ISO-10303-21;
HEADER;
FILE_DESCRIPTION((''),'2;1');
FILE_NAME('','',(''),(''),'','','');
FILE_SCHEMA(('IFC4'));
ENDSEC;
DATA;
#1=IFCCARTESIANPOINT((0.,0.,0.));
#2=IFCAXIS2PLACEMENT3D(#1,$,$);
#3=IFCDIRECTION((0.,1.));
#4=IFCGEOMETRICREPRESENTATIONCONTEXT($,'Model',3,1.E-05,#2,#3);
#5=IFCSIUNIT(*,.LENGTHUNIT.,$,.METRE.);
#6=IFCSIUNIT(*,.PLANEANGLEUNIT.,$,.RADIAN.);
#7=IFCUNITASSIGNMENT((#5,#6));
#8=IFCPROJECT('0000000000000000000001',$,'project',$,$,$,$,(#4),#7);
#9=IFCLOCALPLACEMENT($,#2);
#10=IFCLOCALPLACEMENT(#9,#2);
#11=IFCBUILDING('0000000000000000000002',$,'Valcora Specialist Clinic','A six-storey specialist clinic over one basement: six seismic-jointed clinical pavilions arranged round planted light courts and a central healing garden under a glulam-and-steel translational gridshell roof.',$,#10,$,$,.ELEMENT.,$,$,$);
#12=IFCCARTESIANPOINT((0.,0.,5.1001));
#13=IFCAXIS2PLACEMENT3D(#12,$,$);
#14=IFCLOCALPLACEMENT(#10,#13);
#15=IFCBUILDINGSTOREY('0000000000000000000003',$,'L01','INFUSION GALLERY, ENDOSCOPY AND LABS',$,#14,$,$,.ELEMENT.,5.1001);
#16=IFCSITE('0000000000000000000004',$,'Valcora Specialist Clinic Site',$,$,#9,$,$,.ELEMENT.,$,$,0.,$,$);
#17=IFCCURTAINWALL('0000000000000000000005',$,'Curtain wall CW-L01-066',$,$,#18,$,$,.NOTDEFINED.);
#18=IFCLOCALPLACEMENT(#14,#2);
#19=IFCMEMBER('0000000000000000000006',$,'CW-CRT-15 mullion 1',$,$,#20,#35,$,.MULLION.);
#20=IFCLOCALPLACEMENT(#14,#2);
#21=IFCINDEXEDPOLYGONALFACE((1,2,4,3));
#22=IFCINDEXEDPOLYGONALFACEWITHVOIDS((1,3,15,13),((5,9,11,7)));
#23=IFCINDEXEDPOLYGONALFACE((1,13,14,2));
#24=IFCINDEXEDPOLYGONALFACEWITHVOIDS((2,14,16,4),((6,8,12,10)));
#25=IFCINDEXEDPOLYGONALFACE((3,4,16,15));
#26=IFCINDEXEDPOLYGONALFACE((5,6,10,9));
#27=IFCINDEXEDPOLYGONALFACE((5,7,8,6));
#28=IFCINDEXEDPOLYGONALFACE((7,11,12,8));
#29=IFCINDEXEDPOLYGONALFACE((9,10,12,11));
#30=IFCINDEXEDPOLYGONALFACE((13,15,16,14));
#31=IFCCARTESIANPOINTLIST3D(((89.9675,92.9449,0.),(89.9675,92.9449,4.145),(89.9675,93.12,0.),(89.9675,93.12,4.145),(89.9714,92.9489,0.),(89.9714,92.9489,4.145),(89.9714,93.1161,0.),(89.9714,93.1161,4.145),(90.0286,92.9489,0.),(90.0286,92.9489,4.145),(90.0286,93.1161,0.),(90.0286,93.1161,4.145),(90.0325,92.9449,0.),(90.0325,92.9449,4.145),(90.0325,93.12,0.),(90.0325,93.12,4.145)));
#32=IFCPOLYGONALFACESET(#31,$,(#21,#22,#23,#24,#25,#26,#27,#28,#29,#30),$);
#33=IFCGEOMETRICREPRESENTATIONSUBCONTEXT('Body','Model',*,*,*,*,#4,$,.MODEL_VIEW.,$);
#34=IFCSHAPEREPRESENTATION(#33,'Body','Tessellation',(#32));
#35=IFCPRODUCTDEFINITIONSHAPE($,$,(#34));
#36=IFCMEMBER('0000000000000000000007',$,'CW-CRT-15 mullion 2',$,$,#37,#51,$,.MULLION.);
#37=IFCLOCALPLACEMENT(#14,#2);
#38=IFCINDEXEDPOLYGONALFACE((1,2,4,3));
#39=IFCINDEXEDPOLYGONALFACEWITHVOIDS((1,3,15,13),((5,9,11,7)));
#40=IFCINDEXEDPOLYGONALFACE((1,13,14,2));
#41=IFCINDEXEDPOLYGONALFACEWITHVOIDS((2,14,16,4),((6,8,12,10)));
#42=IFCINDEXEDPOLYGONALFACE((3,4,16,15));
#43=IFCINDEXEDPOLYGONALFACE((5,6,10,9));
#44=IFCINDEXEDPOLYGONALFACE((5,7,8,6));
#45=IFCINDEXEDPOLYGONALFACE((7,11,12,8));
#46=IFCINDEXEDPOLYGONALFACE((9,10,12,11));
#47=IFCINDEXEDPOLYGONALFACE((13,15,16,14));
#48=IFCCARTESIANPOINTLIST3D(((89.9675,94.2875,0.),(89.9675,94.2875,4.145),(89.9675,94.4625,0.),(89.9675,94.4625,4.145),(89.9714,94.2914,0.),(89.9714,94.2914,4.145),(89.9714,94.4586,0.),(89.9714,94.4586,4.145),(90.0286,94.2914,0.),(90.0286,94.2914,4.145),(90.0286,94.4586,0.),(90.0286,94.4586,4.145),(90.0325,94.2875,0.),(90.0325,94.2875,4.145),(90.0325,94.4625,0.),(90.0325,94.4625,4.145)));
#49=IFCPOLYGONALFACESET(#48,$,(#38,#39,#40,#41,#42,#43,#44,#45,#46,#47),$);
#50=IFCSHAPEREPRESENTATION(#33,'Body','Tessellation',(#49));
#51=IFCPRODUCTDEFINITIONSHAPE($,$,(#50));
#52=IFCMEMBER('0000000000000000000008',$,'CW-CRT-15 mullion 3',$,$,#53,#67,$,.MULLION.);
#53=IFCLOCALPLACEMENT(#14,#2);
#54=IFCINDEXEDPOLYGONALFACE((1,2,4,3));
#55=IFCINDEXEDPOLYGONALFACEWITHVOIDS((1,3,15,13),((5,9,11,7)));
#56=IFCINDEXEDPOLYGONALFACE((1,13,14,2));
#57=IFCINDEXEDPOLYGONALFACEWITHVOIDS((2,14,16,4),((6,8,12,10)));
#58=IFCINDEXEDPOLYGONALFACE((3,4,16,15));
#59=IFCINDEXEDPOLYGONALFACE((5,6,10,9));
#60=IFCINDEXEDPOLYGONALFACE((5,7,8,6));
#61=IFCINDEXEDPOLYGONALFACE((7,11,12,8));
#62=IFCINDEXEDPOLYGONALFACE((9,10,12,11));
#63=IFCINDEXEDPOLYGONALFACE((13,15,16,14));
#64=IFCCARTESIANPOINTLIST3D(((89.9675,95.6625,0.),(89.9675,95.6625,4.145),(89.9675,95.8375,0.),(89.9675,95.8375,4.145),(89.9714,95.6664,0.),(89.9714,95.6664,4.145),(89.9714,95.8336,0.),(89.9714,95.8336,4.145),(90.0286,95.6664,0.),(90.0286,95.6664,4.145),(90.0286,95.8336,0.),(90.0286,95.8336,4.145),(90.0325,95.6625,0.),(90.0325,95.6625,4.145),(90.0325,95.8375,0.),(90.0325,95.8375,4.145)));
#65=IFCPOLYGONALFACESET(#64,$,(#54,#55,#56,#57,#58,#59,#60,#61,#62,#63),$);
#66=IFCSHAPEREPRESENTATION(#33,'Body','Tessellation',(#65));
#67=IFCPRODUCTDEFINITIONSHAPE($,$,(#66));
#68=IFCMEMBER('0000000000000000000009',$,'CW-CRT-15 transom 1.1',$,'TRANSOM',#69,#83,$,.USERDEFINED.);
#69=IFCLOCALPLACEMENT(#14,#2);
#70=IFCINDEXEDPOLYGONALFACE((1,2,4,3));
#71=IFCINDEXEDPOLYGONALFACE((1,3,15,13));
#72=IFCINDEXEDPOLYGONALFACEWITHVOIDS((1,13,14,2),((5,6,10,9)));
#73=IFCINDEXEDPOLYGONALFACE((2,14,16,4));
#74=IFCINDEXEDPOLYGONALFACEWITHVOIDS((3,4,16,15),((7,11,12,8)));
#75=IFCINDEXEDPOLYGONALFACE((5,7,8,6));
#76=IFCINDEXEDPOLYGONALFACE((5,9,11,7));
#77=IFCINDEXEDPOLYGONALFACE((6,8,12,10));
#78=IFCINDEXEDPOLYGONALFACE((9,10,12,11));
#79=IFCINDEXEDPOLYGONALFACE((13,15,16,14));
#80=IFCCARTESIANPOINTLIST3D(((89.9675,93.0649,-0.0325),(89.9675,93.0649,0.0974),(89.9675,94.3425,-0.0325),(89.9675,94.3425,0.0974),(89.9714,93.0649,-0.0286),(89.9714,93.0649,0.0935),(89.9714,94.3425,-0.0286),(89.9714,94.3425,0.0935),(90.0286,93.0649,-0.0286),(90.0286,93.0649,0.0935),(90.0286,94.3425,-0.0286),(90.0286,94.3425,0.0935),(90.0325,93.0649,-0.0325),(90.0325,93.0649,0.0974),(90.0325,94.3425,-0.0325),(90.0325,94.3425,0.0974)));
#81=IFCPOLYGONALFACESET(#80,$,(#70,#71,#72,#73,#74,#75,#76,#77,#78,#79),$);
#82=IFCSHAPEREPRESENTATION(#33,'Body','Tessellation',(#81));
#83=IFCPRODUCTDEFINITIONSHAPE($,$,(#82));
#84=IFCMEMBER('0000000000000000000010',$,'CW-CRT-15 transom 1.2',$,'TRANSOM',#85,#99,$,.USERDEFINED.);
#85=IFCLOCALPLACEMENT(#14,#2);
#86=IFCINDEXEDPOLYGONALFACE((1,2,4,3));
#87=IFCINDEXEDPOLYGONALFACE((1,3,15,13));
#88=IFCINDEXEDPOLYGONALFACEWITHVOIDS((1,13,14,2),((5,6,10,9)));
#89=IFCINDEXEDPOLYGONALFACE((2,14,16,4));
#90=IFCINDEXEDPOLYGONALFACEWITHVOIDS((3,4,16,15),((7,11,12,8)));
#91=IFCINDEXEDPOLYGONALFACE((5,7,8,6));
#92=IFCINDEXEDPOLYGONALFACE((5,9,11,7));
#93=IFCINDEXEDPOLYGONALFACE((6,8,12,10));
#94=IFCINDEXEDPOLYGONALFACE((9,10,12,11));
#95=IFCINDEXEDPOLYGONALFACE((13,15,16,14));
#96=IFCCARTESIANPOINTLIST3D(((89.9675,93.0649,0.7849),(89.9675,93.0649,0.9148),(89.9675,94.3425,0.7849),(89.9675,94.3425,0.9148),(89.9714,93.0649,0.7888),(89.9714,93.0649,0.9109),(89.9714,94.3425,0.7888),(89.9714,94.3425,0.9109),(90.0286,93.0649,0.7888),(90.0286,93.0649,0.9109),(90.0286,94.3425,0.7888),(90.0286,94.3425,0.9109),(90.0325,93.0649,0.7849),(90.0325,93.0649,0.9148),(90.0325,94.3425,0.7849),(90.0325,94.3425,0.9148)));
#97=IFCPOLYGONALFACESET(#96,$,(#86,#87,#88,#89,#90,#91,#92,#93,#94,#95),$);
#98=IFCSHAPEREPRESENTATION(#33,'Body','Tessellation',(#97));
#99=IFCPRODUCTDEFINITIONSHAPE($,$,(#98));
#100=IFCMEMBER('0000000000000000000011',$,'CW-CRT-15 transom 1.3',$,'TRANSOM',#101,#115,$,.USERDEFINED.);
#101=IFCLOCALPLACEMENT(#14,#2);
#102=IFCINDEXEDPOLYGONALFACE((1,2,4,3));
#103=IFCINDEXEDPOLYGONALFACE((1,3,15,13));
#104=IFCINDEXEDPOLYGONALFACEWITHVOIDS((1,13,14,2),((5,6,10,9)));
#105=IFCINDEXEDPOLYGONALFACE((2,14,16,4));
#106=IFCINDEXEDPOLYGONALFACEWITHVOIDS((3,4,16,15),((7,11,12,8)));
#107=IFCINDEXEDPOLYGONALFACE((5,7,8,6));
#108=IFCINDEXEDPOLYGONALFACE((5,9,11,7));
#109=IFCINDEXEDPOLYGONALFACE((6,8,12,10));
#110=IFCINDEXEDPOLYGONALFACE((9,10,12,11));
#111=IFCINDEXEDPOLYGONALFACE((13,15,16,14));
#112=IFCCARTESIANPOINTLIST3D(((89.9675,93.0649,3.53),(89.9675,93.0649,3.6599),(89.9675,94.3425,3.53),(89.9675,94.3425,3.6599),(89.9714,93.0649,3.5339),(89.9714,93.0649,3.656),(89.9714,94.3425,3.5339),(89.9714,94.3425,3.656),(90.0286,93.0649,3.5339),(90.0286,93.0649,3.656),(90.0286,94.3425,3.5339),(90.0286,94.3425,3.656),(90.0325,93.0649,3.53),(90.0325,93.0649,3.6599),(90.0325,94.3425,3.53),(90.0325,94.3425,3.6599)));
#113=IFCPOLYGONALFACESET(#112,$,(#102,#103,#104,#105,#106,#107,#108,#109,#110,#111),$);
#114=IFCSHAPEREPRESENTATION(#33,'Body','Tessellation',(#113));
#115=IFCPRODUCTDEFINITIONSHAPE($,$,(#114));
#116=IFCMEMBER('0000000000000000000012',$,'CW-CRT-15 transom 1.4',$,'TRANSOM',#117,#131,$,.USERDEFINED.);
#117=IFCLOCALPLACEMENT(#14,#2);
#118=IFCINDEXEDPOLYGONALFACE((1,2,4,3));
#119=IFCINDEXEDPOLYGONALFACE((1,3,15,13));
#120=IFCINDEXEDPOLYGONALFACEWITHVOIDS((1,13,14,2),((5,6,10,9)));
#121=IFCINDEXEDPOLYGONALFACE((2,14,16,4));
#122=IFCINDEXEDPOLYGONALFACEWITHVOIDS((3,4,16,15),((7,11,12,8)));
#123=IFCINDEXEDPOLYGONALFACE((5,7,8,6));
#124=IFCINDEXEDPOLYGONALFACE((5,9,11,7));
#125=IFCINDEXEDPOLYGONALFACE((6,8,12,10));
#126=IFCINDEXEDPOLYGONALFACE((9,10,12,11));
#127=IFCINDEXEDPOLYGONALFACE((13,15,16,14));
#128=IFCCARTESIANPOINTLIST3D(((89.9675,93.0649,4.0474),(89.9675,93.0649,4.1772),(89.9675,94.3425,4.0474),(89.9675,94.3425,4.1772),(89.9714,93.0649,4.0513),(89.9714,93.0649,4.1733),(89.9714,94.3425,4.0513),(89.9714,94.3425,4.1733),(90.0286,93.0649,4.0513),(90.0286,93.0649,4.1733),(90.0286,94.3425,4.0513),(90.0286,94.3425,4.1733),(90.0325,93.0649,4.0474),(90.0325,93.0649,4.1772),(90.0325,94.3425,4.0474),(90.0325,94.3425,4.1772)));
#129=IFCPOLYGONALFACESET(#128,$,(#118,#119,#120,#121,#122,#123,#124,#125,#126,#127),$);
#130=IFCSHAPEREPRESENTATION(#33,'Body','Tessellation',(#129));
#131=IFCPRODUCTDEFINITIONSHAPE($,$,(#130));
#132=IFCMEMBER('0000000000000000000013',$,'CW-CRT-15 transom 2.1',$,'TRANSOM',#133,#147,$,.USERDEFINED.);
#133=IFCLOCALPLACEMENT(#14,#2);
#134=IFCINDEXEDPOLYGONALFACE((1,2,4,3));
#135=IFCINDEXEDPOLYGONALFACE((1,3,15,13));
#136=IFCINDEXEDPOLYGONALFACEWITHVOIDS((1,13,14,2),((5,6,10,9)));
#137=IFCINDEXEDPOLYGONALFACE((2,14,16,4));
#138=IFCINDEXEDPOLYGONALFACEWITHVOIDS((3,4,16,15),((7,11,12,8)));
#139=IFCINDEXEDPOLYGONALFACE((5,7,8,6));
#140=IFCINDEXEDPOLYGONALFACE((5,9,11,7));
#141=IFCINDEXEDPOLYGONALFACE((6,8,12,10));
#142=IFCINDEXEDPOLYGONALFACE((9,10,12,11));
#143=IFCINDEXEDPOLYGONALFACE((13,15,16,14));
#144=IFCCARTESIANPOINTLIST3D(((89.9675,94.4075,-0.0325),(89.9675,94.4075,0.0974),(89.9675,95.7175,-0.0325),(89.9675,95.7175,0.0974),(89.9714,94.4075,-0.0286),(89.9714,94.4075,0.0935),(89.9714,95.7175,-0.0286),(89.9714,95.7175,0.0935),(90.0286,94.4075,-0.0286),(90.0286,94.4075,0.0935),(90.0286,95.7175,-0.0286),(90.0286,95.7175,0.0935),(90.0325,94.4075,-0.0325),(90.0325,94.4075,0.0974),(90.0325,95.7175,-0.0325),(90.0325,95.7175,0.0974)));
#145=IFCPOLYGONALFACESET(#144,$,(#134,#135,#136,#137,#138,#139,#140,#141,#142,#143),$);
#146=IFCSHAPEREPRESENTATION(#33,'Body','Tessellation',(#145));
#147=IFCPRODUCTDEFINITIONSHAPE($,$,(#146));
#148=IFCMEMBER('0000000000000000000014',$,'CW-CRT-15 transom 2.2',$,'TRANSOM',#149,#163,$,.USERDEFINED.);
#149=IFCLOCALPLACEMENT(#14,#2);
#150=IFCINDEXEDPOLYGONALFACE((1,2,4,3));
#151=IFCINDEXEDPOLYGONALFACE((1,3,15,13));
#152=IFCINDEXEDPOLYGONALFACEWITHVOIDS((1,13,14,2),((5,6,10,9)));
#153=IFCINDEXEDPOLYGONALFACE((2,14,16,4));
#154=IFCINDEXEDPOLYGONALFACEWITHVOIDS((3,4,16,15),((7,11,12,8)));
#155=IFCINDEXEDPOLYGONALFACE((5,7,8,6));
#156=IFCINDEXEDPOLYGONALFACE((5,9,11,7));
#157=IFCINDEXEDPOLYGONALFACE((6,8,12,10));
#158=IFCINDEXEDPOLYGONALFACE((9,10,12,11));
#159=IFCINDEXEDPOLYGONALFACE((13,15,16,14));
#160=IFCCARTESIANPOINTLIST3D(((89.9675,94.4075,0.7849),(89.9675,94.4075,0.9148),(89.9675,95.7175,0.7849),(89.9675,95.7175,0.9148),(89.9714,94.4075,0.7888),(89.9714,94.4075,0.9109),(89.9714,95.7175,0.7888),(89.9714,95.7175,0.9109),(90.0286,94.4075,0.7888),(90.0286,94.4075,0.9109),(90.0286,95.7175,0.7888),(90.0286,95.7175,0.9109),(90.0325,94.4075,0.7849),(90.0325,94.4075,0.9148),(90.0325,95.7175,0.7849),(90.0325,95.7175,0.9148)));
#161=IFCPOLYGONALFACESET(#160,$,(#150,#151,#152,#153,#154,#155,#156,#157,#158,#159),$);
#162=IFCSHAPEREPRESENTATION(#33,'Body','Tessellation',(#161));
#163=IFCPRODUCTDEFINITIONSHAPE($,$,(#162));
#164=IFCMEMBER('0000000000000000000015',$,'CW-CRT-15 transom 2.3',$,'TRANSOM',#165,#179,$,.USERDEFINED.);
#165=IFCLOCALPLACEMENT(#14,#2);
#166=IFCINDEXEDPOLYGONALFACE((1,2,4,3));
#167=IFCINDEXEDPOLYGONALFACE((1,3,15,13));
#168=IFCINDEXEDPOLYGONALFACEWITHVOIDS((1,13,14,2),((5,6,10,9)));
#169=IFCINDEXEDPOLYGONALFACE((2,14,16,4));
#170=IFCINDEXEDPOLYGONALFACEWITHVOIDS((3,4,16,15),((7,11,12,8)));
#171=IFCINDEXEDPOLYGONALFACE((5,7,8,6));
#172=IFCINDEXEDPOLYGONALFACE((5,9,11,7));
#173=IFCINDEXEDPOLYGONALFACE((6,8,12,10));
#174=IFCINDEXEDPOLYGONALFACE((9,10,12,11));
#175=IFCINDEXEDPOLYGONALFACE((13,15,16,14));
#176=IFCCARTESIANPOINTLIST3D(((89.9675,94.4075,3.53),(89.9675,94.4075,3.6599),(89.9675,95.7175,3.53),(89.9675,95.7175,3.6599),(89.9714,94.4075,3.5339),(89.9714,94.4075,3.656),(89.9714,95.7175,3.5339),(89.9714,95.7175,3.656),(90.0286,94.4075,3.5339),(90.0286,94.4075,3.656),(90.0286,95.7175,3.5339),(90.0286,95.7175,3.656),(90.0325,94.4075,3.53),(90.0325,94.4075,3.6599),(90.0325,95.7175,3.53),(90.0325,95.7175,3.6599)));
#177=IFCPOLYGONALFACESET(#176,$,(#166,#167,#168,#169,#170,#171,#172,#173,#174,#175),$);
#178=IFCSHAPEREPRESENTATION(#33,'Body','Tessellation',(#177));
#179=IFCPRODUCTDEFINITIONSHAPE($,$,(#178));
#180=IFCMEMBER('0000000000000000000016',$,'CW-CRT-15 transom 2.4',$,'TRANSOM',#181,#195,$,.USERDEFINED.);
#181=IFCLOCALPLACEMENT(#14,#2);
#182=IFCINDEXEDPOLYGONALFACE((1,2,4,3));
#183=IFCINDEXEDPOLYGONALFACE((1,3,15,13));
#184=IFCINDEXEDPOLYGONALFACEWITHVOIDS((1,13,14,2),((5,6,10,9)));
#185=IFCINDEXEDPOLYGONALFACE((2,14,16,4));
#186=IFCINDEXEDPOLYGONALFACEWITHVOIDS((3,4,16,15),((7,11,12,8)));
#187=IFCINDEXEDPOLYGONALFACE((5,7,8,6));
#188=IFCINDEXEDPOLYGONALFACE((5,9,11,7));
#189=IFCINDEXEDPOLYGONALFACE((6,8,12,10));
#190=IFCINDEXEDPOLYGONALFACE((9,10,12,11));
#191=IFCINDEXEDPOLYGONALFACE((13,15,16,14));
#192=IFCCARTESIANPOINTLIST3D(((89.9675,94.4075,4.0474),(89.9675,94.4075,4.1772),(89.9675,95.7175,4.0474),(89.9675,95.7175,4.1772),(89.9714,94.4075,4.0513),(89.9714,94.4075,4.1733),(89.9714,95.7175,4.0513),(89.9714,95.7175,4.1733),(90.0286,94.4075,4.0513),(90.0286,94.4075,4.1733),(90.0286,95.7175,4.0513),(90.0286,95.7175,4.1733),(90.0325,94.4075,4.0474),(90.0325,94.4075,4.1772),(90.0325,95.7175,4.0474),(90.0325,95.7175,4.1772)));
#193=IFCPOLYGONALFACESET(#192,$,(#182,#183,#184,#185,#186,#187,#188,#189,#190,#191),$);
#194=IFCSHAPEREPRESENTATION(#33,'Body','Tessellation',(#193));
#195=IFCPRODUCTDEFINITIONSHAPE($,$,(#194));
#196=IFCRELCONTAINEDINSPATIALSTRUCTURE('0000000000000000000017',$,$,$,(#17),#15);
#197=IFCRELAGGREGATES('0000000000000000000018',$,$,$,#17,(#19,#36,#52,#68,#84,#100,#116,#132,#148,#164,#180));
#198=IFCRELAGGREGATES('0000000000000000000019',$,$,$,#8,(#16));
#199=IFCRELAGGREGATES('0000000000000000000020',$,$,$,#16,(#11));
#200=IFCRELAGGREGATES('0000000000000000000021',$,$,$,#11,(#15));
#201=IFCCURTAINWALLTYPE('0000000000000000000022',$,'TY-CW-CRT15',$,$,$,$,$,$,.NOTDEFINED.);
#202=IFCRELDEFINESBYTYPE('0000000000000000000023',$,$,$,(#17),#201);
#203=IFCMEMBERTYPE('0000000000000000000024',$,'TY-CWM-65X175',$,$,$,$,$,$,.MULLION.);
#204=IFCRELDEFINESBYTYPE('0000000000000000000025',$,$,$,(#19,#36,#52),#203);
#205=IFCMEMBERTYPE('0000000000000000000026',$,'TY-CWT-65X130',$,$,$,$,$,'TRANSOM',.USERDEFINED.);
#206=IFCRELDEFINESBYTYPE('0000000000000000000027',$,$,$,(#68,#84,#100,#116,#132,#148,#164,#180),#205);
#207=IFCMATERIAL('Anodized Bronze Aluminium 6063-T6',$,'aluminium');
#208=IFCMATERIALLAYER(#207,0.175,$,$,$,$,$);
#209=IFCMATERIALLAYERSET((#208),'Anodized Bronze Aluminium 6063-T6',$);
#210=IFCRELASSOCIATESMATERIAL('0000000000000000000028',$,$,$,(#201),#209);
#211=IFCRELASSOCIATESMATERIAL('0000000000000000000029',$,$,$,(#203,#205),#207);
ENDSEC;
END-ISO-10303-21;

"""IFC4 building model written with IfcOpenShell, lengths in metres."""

from ifc_helpers import new_model, si_unit, direction, frame, origin, origin_2d, place, context, subcontext, project, spatial, hollow_rectangle, extrude, material, layer, layer_set, material_profile, profile_set, type_object, element, aggregate, save


model = new_model("IFC4")

# Units and contexts
model_context = context("Model", 3, precision=1e-05, world=origin(), true_north=direction((0.0, 1.0)))
body_context = subcontext(model_context, "Body", "Model", "MODEL_VIEW")
ifc_project = project(units=[si_unit("LENGTHUNIT", "METRE"), si_unit("PLANEANGLEUNIT", "RADIAN")], contexts=[model_context])

# Site, building, storey
site_placement = place(None, origin())
site = spatial("IfcSite", under=ifc_project, at=site_placement, Name="Valcora Specialist Clinic Site", CompositionType="ELEMENT", RefElevation=0.0)
building_placement = place(site_placement, origin())
building = spatial("IfcBuilding", under=site, at=building_placement, Name="Valcora Specialist Clinic", Description="A six-storey specialist clinic over one basement: six seismic-jointed clinical pavilions arranged round planted light courts and a central healing garden under a glulam-and-steel translational gridshell roof.", CompositionType="ELEMENT")
storey_placement = place(building_placement, frame((0.0, 0.0, 5.1001)))
storey = spatial("IfcBuildingStorey", under=building, at=storey_placement, Name="L01", Description="INFUSION GALLERY, ENDOSCOPY AND LABS", CompositionType="ELEMENT", Elevation=5.1001)

# Curtain wall, members
ifc_material_1 = material(Name="Anodized Bronze Aluminium 6063-T6", Category="aluminium")
ifc_layer_1 = layer(ifc_material_1, 0.175)
ifc_layer_set_1 = layer_set([ifc_layer_1], Name="Anodized Bronze Aluminium 6063-T6")
curtain_wall_type = type_object("IfcCurtainWallType", Name="TY-CW-CRT15", PredefinedType="NOTDEFINED", material=ifc_layer_set_1)
curtain_wall_placement = place(storey_placement, origin())
curtain_wall = element("IfcCurtainWall", 1, at=curtain_wall_placement, inside=storey, type_object=curtain_wall_type, Name="Curtain wall CW-L01-066", PredefinedType="NOTDEFINED")
ifc_material_profile_1 = material_profile(ifc_material_1, hollow_rectangle(XDim=0.0649, YDim=0.175, WallThickness=0.0039, at=origin_2d()), Name="AL-MUL-65X175")
ifc_profile_set_1 = profile_set([ifc_material_profile_1], Name="Anodized Bronze Aluminium 6063-T6")
member_type_1 = type_object("IfcMemberType", Name="TY-CWM-65X175", PredefinedType="MULLION", material=ifc_profile_set_1)
member_1_placement = place(storey_placement, frame((90.0, 93.0325, 0.0), z_axis=(0.0, 0.0, 1.0), x_axis=(-1.0, 0.0, 0.0)))
member_1 = element("IfcMember", 2, at=member_1_placement, type_object=member_type_1, Name="CW-CRT-15 mullion 1", PredefinedType="MULLION", context=body_context, shape_type="SweptSolid", body=[
    extrude(hollow_rectangle(XDim=0.0649, YDim=0.175, WallThickness=0.0039, at=origin_2d()), origin(), (0.0, 0.0, 1.0), 4.145),
])
member_2_placement = place(storey_placement, frame((90.0, 94.375, 0.0), z_axis=(0.0, 0.0, 1.0), x_axis=(-1.0, 0.0, 0.0)))
member_2 = element("IfcMember", 3, at=member_2_placement, type_object=member_type_1, Name="CW-CRT-15 mullion 2", PredefinedType="MULLION", context=body_context, shape_type="SweptSolid", body=[
    extrude(hollow_rectangle(XDim=0.0649, YDim=0.175, WallThickness=0.0039, at=origin_2d()), origin(), (0.0, 0.0, 1.0), 4.145),
])
member_3_placement = place(storey_placement, frame((90.0, 95.75, 0.0), z_axis=(0.0, 0.0, 1.0), x_axis=(-1.0, 0.0, 0.0)))
member_3 = element("IfcMember", 4, at=member_3_placement, type_object=member_type_1, Name="CW-CRT-15 mullion 3", PredefinedType="MULLION", context=body_context, shape_type="SweptSolid", body=[
    extrude(hollow_rectangle(XDim=0.0649, YDim=0.175, WallThickness=0.0039, at=origin_2d()), origin(), (0.0, 0.0, 1.0), 4.145),
])
ifc_material_profile_2 = material_profile(ifc_material_1, hollow_rectangle(XDim=0.0649, YDim=0.1299, WallThickness=0.0039, at=origin_2d()), Name="AL-TRN-65X130")
ifc_profile_set_2 = profile_set([ifc_material_profile_2], Name="Anodized Bronze Aluminium 6063-T6")
member_type_2 = type_object("IfcMemberType", Name="TY-CWT-65X130", ElementType="TRANSOM", PredefinedType="USERDEFINED", material=ifc_profile_set_2)
member_4_placement = place(storey_placement, frame((90.0, 93.0649, 0.0325), z_axis=(0.0, 1.0, 0.0), x_axis=(-1.0, 0.0, 0.0)))
member_4 = element("IfcMember", 5, at=member_4_placement, type_object=member_type_2, Name="CW-CRT-15 transom 1.1", ObjectType="TRANSOM", PredefinedType="USERDEFINED", context=body_context, shape_type="SweptSolid", body=[
    extrude(hollow_rectangle(XDim=0.0649, YDim=0.1299, WallThickness=0.0039, at=origin_2d()), origin(), (0.0, 0.0, 1.0), 1.2776),
])
member_5_placement = place(storey_placement, frame((90.0, 93.0649, 0.8499), z_axis=(0.0, 1.0, 0.0), x_axis=(-1.0, 0.0, 0.0)))
member_5 = element("IfcMember", 6, at=member_5_placement, type_object=member_type_2, Name="CW-CRT-15 transom 1.2", ObjectType="TRANSOM", PredefinedType="USERDEFINED", context=body_context, shape_type="SweptSolid", body=[
    extrude(hollow_rectangle(XDim=0.0649, YDim=0.1299, WallThickness=0.0039, at=origin_2d()), origin(), (0.0, 0.0, 1.0), 1.2776),
])
member_6_placement = place(storey_placement, frame((90.0, 93.0649, 3.595), z_axis=(0.0, 1.0, 0.0), x_axis=(-1.0, 0.0, 0.0)))
member_6 = element("IfcMember", 7, at=member_6_placement, type_object=member_type_2, Name="CW-CRT-15 transom 1.3", ObjectType="TRANSOM", PredefinedType="USERDEFINED", context=body_context, shape_type="SweptSolid", body=[
    extrude(hollow_rectangle(XDim=0.0649, YDim=0.1299, WallThickness=0.0039, at=origin_2d()), origin(), (0.0, 0.0, 1.0), 1.2776),
])
member_7_placement = place(storey_placement, frame((90.0, 93.0649, 4.1123), z_axis=(0.0, 1.0, 0.0), x_axis=(-1.0, 0.0, 0.0)))
member_7 = element("IfcMember", 8, at=member_7_placement, type_object=member_type_2, Name="CW-CRT-15 transom 1.4", ObjectType="TRANSOM", PredefinedType="USERDEFINED", context=body_context, shape_type="SweptSolid", body=[
    extrude(hollow_rectangle(XDim=0.0649, YDim=0.1299, WallThickness=0.0039, at=origin_2d()), origin(), (0.0, 0.0, 1.0), 1.2776),
])
member_8_placement = place(storey_placement, frame((90.0, 94.4075, 0.0325), z_axis=(0.0, 1.0, 0.0), x_axis=(-1.0, 0.0, 0.0)))
member_8 = element("IfcMember", 9, at=member_8_placement, type_object=member_type_2, Name="CW-CRT-15 transom 2.1", ObjectType="TRANSOM", PredefinedType="USERDEFINED", context=body_context, shape_type="SweptSolid", body=[
    extrude(hollow_rectangle(XDim=0.0649, YDim=0.1299, WallThickness=0.0039, at=origin_2d()), origin(), (0.0, 0.0, 1.0), 1.3101),
])
member_9_placement = place(storey_placement, frame((90.0, 94.4075, 0.8499), z_axis=(0.0, 1.0, 0.0), x_axis=(-1.0, 0.0, 0.0)))
member_9 = element("IfcMember", 10, at=member_9_placement, type_object=member_type_2, Name="CW-CRT-15 transom 2.2", ObjectType="TRANSOM", PredefinedType="USERDEFINED", context=body_context, shape_type="SweptSolid", body=[
    extrude(hollow_rectangle(XDim=0.0649, YDim=0.1299, WallThickness=0.0039, at=origin_2d()), origin(), (0.0, 0.0, 1.0), 1.3101),
])
member_10_placement = place(storey_placement, frame((90.0, 94.4075, 3.595), z_axis=(0.0, 1.0, 0.0), x_axis=(-1.0, 0.0, 0.0)))
member_10 = element("IfcMember", 11, at=member_10_placement, type_object=member_type_2, Name="CW-CRT-15 transom 2.3", ObjectType="TRANSOM", PredefinedType="USERDEFINED", context=body_context, shape_type="SweptSolid", body=[
    extrude(hollow_rectangle(XDim=0.0649, YDim=0.1299, WallThickness=0.0039, at=origin_2d()), origin(), (0.0, 0.0, 1.0), 1.3101),
])
member_11_placement = place(storey_placement, frame((90.0, 94.4075, 4.1123), z_axis=(0.0, 1.0, 0.0), x_axis=(-1.0, 0.0, 0.0)))
member_11 = element("IfcMember", 12, at=member_11_placement, type_object=member_type_2, Name="CW-CRT-15 transom 2.4", ObjectType="TRANSOM", PredefinedType="USERDEFINED", context=body_context, shape_type="SweptSolid", body=[
    extrude(hollow_rectangle(XDim=0.0649, YDim=0.1299, WallThickness=0.0039, at=origin_2d()), origin(), (0.0, 0.0, 1.0), 1.3101),
])
aggregate(curtain_wall, [member_1, member_2, member_3, member_4, member_5, member_6, member_7, member_8, member_9, member_10, member_11])

save(model, "model.ifc")
